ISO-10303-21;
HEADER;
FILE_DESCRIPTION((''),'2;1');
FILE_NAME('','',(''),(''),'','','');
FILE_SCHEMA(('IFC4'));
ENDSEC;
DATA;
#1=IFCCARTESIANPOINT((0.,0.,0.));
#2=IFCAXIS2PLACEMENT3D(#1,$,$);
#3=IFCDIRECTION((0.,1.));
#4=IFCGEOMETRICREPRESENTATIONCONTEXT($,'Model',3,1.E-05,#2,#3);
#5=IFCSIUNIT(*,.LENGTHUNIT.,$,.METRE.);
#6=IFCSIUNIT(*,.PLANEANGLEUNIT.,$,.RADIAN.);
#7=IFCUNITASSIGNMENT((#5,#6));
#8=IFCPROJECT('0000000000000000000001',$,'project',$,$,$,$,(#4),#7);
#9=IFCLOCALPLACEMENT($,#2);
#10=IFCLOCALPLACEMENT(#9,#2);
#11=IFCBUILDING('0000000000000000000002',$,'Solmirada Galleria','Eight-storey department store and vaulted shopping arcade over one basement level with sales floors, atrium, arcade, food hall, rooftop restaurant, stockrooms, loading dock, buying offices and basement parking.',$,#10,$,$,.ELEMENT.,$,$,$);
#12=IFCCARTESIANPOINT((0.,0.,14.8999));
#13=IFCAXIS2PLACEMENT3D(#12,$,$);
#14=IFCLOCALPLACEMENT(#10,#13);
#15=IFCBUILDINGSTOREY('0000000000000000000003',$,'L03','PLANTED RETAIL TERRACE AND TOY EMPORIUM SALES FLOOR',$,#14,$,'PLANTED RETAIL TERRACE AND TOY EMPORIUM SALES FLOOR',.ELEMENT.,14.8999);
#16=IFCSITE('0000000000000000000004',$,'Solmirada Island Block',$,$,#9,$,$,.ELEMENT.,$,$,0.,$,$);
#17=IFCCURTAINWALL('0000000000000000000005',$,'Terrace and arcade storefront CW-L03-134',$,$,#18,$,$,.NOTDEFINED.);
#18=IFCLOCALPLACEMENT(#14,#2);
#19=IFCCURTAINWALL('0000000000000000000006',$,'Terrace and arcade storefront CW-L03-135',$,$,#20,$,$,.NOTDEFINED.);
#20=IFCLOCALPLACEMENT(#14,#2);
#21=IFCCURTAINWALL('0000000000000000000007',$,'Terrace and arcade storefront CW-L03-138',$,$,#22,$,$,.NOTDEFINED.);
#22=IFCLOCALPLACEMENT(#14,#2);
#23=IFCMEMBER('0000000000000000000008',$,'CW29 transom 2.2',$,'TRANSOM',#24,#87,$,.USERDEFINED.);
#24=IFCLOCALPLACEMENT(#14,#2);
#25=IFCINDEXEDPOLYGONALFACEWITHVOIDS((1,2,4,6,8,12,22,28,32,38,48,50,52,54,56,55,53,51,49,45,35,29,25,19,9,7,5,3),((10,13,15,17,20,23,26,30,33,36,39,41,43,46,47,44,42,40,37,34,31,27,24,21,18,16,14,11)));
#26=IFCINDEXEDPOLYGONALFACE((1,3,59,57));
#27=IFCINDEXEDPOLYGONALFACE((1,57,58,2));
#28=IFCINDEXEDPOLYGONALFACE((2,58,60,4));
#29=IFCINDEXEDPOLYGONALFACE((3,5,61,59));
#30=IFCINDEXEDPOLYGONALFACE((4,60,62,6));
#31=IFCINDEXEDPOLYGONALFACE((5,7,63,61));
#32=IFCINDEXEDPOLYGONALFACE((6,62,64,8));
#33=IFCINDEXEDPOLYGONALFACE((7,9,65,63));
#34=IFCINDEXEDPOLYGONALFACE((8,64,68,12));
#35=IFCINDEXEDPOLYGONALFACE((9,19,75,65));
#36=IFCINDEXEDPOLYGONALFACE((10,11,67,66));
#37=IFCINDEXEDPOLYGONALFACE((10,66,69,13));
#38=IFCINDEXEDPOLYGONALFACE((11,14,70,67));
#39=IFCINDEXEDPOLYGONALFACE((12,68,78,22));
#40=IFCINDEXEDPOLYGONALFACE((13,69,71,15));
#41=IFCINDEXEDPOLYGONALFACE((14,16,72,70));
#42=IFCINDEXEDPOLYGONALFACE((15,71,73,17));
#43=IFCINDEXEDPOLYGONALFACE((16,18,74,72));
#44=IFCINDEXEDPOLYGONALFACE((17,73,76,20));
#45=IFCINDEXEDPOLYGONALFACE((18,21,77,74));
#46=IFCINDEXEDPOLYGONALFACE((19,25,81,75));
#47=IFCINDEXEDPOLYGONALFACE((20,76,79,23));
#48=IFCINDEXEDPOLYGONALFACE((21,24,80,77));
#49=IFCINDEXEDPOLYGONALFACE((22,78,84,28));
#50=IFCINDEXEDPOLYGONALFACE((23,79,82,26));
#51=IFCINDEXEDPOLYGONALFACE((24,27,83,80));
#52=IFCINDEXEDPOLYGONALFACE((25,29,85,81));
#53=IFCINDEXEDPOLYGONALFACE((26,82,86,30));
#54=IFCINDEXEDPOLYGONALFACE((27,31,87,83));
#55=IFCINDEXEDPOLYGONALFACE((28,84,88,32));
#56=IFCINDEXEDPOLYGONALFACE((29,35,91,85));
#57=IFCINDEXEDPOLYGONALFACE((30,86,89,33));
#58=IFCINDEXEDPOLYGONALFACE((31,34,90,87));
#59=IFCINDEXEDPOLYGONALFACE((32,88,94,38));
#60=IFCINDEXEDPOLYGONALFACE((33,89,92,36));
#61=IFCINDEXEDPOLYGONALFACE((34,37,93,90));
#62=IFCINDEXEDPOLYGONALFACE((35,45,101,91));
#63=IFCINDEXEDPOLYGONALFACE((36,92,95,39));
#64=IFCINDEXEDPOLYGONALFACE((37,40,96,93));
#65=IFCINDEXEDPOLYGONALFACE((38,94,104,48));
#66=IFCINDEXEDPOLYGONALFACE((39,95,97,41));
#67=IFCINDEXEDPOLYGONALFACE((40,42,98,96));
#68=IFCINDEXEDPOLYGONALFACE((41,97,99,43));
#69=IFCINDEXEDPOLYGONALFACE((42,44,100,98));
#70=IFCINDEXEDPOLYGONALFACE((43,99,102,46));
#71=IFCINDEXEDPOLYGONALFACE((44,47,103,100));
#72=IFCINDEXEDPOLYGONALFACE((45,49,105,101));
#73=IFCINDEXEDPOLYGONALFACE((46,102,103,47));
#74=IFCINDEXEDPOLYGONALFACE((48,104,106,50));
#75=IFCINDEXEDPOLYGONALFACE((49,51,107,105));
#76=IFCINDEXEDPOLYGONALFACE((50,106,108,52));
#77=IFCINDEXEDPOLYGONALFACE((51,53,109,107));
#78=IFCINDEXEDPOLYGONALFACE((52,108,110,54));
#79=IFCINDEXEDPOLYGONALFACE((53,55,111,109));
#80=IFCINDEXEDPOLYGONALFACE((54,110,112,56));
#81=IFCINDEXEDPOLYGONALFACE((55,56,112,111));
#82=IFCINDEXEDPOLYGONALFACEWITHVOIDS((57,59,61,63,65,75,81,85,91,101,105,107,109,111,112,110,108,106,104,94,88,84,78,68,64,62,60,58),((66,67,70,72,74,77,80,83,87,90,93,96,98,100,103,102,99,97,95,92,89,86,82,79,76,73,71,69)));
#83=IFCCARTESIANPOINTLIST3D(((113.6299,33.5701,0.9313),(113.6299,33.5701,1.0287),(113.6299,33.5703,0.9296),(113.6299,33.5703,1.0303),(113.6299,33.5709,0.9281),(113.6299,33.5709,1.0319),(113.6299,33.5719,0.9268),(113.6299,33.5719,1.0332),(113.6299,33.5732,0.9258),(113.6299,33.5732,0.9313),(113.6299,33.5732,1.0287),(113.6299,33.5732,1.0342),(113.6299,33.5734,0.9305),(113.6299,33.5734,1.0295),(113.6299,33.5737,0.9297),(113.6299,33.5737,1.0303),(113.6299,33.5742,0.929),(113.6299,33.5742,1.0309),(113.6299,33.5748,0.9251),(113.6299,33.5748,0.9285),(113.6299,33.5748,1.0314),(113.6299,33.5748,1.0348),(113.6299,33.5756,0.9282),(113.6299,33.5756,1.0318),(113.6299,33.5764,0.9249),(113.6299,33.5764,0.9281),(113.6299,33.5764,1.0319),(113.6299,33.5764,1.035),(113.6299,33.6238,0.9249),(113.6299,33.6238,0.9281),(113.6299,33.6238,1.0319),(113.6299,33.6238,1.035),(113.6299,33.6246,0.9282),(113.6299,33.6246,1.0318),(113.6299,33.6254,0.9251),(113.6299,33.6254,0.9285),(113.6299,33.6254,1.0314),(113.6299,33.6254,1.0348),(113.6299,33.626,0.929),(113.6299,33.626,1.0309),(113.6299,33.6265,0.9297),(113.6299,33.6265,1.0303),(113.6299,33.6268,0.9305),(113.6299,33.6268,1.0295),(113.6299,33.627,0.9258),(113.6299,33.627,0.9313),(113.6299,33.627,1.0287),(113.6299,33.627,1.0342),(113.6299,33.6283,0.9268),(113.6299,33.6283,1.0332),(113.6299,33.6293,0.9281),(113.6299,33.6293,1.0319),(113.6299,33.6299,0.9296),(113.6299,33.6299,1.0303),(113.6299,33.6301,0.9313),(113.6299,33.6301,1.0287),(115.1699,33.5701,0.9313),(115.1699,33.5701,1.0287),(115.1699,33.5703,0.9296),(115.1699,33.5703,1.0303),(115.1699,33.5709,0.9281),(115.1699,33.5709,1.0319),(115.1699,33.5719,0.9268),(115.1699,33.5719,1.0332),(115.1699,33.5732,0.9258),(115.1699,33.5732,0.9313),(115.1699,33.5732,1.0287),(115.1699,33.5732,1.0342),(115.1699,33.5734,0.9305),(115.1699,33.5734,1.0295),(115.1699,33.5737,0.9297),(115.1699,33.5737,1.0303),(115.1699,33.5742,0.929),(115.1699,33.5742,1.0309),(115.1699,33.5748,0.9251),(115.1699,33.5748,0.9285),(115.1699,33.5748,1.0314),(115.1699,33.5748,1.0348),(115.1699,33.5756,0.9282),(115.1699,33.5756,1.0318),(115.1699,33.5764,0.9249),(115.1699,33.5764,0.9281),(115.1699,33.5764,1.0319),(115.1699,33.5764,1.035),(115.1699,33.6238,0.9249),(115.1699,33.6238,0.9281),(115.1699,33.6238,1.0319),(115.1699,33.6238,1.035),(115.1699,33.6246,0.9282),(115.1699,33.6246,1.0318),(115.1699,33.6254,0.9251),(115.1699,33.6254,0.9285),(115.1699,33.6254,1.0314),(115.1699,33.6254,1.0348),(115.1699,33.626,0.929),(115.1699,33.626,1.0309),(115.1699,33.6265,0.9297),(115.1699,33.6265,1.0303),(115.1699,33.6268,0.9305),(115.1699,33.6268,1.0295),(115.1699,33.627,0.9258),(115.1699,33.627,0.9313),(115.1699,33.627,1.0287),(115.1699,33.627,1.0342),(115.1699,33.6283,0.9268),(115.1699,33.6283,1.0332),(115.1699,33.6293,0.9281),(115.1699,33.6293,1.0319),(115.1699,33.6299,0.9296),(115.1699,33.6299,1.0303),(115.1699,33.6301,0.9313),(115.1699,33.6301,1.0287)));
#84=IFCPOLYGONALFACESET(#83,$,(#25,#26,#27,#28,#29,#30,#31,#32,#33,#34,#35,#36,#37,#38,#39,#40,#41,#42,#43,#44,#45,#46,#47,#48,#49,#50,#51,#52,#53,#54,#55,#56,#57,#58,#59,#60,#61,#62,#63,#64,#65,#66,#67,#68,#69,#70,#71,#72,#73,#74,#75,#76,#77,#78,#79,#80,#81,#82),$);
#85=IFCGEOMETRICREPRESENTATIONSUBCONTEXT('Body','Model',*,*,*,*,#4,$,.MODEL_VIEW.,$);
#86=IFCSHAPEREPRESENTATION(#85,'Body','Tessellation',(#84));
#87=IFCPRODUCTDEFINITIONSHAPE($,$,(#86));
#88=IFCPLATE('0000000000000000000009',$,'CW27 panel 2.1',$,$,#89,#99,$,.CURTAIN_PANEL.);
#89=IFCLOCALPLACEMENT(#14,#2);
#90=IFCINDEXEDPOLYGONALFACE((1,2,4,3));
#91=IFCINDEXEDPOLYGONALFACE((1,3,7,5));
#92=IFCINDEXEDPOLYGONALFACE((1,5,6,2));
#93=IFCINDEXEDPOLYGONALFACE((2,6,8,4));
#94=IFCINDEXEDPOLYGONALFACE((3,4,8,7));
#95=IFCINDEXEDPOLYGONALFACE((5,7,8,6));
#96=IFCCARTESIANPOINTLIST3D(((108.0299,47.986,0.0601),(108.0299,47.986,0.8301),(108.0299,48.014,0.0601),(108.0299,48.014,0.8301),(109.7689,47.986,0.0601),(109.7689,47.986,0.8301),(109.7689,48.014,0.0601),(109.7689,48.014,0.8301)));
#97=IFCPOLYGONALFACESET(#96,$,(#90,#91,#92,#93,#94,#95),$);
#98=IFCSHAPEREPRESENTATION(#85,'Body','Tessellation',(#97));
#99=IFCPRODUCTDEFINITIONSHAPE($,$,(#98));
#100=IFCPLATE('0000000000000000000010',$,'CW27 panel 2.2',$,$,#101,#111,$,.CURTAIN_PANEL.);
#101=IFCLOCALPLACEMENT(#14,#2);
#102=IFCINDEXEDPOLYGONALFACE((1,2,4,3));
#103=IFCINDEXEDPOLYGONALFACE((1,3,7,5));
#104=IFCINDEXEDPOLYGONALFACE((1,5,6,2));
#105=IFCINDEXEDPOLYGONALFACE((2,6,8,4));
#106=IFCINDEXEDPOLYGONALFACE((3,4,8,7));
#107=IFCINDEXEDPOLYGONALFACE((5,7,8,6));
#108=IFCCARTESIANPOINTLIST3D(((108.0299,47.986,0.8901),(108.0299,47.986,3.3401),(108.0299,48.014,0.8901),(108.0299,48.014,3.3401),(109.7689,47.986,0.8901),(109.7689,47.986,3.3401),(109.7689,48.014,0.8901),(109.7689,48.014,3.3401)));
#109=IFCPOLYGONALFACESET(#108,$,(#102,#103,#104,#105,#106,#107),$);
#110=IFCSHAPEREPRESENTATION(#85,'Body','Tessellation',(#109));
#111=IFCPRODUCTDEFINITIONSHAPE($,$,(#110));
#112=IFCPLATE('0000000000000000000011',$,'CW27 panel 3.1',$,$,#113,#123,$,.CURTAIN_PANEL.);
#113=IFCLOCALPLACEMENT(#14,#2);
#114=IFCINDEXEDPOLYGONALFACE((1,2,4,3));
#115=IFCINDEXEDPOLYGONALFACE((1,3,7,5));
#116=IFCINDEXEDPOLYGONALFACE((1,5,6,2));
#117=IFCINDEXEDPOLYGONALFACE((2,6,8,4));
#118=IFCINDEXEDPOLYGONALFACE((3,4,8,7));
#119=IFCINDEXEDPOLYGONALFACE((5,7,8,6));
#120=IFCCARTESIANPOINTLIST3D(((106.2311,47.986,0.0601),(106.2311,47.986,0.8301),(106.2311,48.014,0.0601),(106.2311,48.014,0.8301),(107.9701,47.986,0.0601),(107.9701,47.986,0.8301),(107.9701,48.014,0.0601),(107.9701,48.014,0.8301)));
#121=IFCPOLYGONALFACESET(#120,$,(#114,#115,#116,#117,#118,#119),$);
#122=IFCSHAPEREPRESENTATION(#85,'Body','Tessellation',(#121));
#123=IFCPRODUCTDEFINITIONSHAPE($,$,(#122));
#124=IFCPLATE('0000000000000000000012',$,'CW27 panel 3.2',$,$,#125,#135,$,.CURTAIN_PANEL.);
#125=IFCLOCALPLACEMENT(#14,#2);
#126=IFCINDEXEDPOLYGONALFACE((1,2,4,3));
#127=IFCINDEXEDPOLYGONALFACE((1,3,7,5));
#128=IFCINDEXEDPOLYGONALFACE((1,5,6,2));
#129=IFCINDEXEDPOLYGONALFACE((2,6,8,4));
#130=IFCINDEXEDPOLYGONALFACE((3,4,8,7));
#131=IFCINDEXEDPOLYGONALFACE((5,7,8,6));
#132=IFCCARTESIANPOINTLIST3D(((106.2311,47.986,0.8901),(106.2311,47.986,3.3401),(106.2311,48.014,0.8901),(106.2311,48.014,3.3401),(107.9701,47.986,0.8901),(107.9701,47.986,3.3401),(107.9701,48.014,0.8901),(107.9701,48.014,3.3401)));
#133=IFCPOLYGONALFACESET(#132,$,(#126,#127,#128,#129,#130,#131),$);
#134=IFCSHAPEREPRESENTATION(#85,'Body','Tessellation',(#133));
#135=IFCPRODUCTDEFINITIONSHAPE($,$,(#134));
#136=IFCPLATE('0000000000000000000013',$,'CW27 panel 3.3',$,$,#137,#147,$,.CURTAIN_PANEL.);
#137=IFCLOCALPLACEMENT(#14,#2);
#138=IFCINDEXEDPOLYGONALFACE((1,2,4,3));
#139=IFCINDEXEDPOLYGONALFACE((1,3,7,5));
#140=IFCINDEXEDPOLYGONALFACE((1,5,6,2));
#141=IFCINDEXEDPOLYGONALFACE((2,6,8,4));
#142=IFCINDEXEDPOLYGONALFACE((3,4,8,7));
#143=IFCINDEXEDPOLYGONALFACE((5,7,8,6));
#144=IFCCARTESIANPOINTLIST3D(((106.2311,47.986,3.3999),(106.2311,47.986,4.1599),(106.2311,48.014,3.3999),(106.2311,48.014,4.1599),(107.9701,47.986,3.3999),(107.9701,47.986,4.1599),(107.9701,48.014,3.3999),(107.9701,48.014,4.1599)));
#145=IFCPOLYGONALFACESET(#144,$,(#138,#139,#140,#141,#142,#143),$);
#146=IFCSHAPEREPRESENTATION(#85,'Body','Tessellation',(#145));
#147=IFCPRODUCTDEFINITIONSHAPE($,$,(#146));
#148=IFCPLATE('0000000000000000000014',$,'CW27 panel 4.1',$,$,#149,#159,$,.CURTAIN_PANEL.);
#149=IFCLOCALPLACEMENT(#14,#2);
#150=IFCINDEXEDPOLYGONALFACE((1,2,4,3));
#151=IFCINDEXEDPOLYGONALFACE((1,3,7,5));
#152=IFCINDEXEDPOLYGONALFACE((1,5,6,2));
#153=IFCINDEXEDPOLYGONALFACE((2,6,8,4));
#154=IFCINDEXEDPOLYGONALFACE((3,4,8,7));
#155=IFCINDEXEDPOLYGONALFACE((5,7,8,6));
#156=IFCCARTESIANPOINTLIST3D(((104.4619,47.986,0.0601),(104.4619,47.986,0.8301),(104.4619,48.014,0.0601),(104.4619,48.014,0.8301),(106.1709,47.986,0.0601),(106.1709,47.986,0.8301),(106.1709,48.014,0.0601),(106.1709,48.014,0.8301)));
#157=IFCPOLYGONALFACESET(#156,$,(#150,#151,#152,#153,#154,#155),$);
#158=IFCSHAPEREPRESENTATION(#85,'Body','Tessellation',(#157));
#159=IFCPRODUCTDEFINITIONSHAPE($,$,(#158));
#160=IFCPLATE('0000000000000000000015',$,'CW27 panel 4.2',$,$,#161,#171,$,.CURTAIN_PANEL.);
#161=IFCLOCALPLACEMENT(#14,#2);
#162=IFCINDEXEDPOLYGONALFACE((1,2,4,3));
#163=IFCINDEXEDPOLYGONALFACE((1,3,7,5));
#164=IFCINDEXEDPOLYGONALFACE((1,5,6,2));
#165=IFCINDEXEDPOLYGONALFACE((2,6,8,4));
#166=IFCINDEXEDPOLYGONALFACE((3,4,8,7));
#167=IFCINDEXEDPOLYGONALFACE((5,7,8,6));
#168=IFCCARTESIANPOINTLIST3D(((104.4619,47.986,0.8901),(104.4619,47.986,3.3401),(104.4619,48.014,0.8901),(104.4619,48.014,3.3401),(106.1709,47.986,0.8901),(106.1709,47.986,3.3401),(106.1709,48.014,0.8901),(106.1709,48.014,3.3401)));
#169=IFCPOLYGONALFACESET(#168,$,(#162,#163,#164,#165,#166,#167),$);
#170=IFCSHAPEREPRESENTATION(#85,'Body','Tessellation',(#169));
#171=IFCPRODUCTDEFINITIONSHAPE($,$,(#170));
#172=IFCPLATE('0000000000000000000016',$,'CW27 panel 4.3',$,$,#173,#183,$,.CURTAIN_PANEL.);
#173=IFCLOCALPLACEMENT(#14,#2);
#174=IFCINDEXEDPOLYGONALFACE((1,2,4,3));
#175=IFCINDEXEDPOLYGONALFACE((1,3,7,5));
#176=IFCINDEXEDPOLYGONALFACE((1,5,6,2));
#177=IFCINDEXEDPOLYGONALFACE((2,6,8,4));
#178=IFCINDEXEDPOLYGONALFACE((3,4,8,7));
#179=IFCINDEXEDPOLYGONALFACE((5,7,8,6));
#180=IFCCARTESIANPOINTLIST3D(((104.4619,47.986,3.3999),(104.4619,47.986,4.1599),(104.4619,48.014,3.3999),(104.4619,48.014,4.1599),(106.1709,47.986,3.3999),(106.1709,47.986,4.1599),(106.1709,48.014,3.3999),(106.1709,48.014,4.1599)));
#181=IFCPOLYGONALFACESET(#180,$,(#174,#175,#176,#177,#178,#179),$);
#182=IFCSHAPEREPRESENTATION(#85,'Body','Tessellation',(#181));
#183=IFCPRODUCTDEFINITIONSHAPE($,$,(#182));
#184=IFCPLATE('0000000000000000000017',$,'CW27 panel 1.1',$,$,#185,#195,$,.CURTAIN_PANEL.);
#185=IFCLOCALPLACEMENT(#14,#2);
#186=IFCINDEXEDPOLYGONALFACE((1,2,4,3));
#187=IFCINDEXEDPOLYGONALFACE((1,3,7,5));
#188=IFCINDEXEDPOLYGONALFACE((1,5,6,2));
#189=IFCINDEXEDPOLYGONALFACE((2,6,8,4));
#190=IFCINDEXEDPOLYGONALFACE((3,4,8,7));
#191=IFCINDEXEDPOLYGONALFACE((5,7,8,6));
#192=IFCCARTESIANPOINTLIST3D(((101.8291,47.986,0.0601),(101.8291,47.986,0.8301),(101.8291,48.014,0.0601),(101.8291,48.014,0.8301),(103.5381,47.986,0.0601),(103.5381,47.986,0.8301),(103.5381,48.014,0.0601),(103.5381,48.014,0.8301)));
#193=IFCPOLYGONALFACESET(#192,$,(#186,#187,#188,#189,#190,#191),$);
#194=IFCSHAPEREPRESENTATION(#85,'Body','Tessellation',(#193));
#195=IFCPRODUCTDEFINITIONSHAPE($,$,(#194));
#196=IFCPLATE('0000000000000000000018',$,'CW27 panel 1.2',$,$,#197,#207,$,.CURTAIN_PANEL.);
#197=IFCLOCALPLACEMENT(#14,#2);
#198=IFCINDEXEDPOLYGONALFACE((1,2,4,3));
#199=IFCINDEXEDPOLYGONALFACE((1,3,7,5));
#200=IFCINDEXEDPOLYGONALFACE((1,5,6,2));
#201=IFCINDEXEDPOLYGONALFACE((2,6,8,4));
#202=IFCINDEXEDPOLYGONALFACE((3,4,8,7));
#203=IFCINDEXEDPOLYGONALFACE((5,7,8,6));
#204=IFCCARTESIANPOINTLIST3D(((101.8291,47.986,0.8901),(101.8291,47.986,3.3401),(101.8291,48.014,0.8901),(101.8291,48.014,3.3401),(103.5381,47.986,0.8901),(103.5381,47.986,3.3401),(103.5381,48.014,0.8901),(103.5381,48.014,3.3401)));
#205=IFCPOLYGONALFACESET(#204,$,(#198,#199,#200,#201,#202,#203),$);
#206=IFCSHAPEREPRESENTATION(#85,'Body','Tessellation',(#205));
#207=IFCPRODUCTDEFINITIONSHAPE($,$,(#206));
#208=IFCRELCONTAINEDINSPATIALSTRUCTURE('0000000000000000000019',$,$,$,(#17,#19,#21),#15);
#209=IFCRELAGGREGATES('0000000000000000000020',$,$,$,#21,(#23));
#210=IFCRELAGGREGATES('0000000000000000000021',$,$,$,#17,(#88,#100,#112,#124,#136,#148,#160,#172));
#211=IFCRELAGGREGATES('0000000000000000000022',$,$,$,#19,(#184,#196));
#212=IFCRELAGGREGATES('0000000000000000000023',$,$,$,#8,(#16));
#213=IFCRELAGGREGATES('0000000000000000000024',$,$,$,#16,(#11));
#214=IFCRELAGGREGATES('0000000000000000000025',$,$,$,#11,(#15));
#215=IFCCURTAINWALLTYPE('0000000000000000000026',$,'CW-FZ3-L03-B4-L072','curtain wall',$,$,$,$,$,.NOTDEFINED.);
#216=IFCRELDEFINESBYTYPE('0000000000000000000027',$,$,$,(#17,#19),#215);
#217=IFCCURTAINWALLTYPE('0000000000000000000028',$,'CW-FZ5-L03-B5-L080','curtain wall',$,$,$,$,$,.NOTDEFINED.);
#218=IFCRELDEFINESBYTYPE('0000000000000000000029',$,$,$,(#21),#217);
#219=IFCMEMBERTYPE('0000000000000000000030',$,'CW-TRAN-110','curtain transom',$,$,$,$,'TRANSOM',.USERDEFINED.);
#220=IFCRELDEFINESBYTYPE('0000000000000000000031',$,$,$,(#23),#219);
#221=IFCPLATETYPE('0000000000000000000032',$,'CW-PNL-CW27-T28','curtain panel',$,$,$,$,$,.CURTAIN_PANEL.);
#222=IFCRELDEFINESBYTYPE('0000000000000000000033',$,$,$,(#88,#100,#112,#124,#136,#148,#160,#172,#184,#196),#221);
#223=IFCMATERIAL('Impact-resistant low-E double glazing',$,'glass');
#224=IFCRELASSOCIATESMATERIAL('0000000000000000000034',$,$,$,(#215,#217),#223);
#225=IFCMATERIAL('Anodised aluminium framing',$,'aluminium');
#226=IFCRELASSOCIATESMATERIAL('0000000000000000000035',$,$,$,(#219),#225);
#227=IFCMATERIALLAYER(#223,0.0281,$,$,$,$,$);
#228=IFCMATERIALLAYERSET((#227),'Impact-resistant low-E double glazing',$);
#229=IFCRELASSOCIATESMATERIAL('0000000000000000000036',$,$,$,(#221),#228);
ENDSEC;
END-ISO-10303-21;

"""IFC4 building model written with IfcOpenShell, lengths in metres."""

from ifc_helpers import new_model, si_unit, direction, frame, origin, origin_2d, place, context, subcontext, project, spatial, rectangle, hollow_rectangle, extrude, material, layer, layer_set, material_profile, profile_set, type_object, element, aggregate, save


model = new_model("IFC4")

# Units and contexts
model_context = context("Model", 3, precision=1e-05, world=origin(), true_north=direction((0.0, 1.0)))
body_context = subcontext(model_context, "Body", "Model", "MODEL_VIEW")
ifc_project = project(units=[si_unit("LENGTHUNIT", "METRE"), si_unit("PLANEANGLEUNIT", "RADIAN")], contexts=[model_context])

# Site, building, storey
site_placement = place(None, origin())
site = spatial("IfcSite", under=ifc_project, at=site_placement, Name="Solmirada Island Block", CompositionType="ELEMENT", RefElevation=0.0)
building_placement = place(site_placement, origin())
building = spatial("IfcBuilding", under=site, at=building_placement, Name="Solmirada Galleria", Description="Eight-storey department store and vaulted shopping arcade over one basement level with sales floors, atrium, arcade, food hall, rooftop restaurant, stockrooms, loading dock, buying offices and basement parking.", CompositionType="ELEMENT")
storey_placement = place(building_placement, frame((0.0, 0.0, 14.8999)))
storey = spatial("IfcBuildingStorey", under=building, at=storey_placement, Name="L03", Description="PLANTED RETAIL TERRACE AND TOY EMPORIUM SALES FLOOR", LongName="PLANTED RETAIL TERRACE AND TOY EMPORIUM SALES FLOOR", CompositionType="ELEMENT", Elevation=14.8999)

# Curtain wall
ifc_material_1 = material(Name="Impact-resistant low-E double glazing", Category="glass")
curtain_wall_type_1 = type_object("IfcCurtainWallType", Name="CW-FZ3-L03-B4-L072", Description="curtain wall", PredefinedType="NOTDEFINED", material=ifc_material_1)
curtain_wall_1_placement = place(storey_placement, origin())
curtain_wall_1 = element("IfcCurtainWall", 1, at=curtain_wall_1_placement, inside=storey, type_object=curtain_wall_type_1, Name="Terrace and arcade storefront CW-L03-134", PredefinedType="NOTDEFINED")
ifc_material_2 = material(Name="Anodised aluminium framing", Category="aluminium")

# Curtain wall
curtain_wall_2_placement = place(storey_placement, origin())
curtain_wall_2 = element("IfcCurtainWall", 2, at=curtain_wall_2_placement, inside=storey, type_object=curtain_wall_type_1, Name="Terrace and arcade storefront CW-L03-135", PredefinedType="NOTDEFINED")

# Shared definitions
ifc_material_profile_1 = material_profile(ifc_material_2, hollow_rectangle(XDim=0.0601, YDim=0.1101, WallThickness=0.0032, InnerFilletRadius=0.0032, OuterFilletRadius=0.0063, at=origin_2d()), Name="ALU-TRAN-110X60")
ifc_profile_set_1 = profile_set([ifc_material_profile_1], Name="Anodised aluminium framing")
member_type_1 = type_object("IfcMemberType", Name="CW-TRAN-110", Description="curtain transom", ElementType="TRANSOM", PredefinedType="USERDEFINED", material=ifc_profile_set_1)

# Curtain wall, member
curtain_wall_type_2 = type_object("IfcCurtainWallType", Name="CW-FZ5-L03-B5-L080", Description="curtain wall", PredefinedType="NOTDEFINED", material=ifc_material_1)
curtain_wall_3_placement = place(storey_placement, origin())
curtain_wall_3 = element("IfcCurtainWall", 3, at=curtain_wall_3_placement, inside=storey, type_object=curtain_wall_type_2, Name="Terrace and arcade storefront CW-L03-138", PredefinedType="NOTDEFINED")
member_1_placement = place(storey_placement, frame((113.6299, 33.6001, 0.98), z_axis=(1.0, 0.0, 0.0), x_axis=(0.0, 1.0, 0.0)))
member_1 = element("IfcMember", 4, at=member_1_placement, type_object=member_type_1, Name="CW29 transom 2.2", ObjectType="TRANSOM", PredefinedType="USERDEFINED", context=body_context, shape_type="SweptSolid", body=[
    extrude(hollow_rectangle(XDim=0.0601, YDim=0.1101, WallThickness=0.0032, InnerFilletRadius=0.0032, OuterFilletRadius=0.0063, at=origin_2d()), origin(), (0.0, 0.0, 1.0), 1.54),
])
aggregate(curtain_wall_3, [member_1])

# Plates
ifc_layer = layer(ifc_material_1, 0.0281)
ifc_layer_set = layer_set([ifc_layer], Name="Impact-resistant low-E double glazing")
plate_type = type_object("IfcPlateType", Name="CW-PNL-CW27-T28", Description="curtain panel", PredefinedType="CURTAIN_PANEL", material=ifc_layer_set)
plate_1_placement = place(storey_placement, frame((108.8994, 48.0, 0.0601), z_axis=(0.0, 0.0, 1.0), x_axis=(-1.0, 0.0, 0.0)))
plate_1 = element("IfcPlate", 5, at=plate_1_placement, type_object=plate_type, Name="CW27 panel 2.1", PredefinedType="CURTAIN_PANEL", context=body_context, shape_type="SweptSolid", body=[
    extrude(rectangle(XDim=1.739, YDim=0.0281, at=origin_2d()), origin(), (0.0, 0.0, 1.0), 0.77),
])
plate_2_placement = place(storey_placement, frame((108.8994, 48.0, 0.8901), z_axis=(0.0, 0.0, 1.0), x_axis=(-1.0, 0.0, 0.0)))
plate_2 = element("IfcPlate", 6, at=plate_2_placement, type_object=plate_type, Name="CW27 panel 2.2", PredefinedType="CURTAIN_PANEL", context=body_context, shape_type="SweptSolid", body=[
    extrude(rectangle(XDim=1.739, YDim=0.0281, at=origin_2d()), origin(), (0.0, 0.0, 1.0), 2.45),
])
plate_3_placement = place(storey_placement, frame((107.1006, 48.0, 0.0601), z_axis=(0.0, 0.0, 1.0), x_axis=(-1.0, 0.0, 0.0)))
plate_3 = element("IfcPlate", 7, at=plate_3_placement, type_object=plate_type, Name="CW27 panel 3.1", PredefinedType="CURTAIN_PANEL", context=body_context, shape_type="SweptSolid", body=[
    extrude(rectangle(XDim=1.739, YDim=0.0281, at=origin_2d()), origin(), (0.0, 0.0, 1.0), 0.77),
])
plate_4_placement = place(storey_placement, frame((107.1006, 48.0, 0.8901), z_axis=(0.0, 0.0, 1.0), x_axis=(-1.0, 0.0, 0.0)))
plate_4 = element("IfcPlate", 8, at=plate_4_placement, type_object=plate_type, Name="CW27 panel 3.2", PredefinedType="CURTAIN_PANEL", context=body_context, shape_type="SweptSolid", body=[
    extrude(rectangle(XDim=1.739, YDim=0.0281, at=origin_2d()), origin(), (0.0, 0.0, 1.0), 2.45),
])
plate_5_placement = place(storey_placement, frame((107.1006, 48.0, 3.3999), z_axis=(0.0, 0.0, 1.0), x_axis=(-1.0, 0.0, 0.0)))
plate_5 = element("IfcPlate", 9, at=plate_5_placement, type_object=plate_type, Name="CW27 panel 3.3", PredefinedType="CURTAIN_PANEL", context=body_context, shape_type="SweptSolid", body=[
    extrude(rectangle(XDim=1.739, YDim=0.0281, at=origin_2d()), origin(), (0.0, 0.0, 1.0), 0.76),
])
plate_6_placement = place(storey_placement, frame((105.3164, 48.0, 0.0601), z_axis=(0.0, 0.0, 1.0), x_axis=(-1.0, 0.0, 0.0)))
plate_6 = element("IfcPlate", 10, at=plate_6_placement, type_object=plate_type, Name="CW27 panel 4.1", PredefinedType="CURTAIN_PANEL", context=body_context, shape_type="SweptSolid", body=[
    extrude(rectangle(XDim=1.709, YDim=0.0281, at=origin_2d()), origin(), (0.0, 0.0, 1.0), 0.77),
])
plate_7_placement = place(storey_placement, frame((105.3164, 48.0, 0.8901), z_axis=(0.0, 0.0, 1.0), x_axis=(-1.0, 0.0, 0.0)))
plate_7 = element("IfcPlate", 11, at=plate_7_placement, type_object=plate_type, Name="CW27 panel 4.2", PredefinedType="CURTAIN_PANEL", context=body_context, shape_type="SweptSolid", body=[
    extrude(rectangle(XDim=1.709, YDim=0.0281, at=origin_2d()), origin(), (0.0, 0.0, 1.0), 2.45),
])
plate_8_placement = place(storey_placement, frame((105.3164, 48.0, 3.3999), z_axis=(0.0, 0.0, 1.0), x_axis=(-1.0, 0.0, 0.0)))
plate_8 = element("IfcPlate", 12, at=plate_8_placement, type_object=plate_type, Name="CW27 panel 4.3", PredefinedType="CURTAIN_PANEL", context=body_context, shape_type="SweptSolid", body=[
    extrude(rectangle(XDim=1.709, YDim=0.0281, at=origin_2d()), origin(), (0.0, 0.0, 1.0), 0.76),
])
aggregate(curtain_wall_1, [plate_1, plate_2, plate_3, plate_4, plate_5, plate_6, plate_7, plate_8])
plate_9_placement = place(storey_placement, frame((102.6836, 48.0, 0.0601), z_axis=(0.0, 0.0, 1.0), x_axis=(-1.0, 0.0, 0.0)))
plate_9 = element("IfcPlate", 13, at=plate_9_placement, type_object=plate_type, Name="CW27 panel 1.1", PredefinedType="CURTAIN_PANEL", context=body_context, shape_type="SweptSolid", body=[
    extrude(rectangle(XDim=1.709, YDim=0.0281, at=origin_2d()), origin(), (0.0, 0.0, 1.0), 0.77),
])
plate_10_placement = place(storey_placement, frame((102.6836, 48.0, 0.8901), z_axis=(0.0, 0.0, 1.0), x_axis=(-1.0, 0.0, 0.0)))
plate_10 = element("IfcPlate", 14, at=plate_10_placement, type_object=plate_type, Name="CW27 panel 1.2", PredefinedType="CURTAIN_PANEL", context=body_context, shape_type="SweptSolid", body=[
    extrude(rectangle(XDim=1.709, YDim=0.0281, at=origin_2d()), origin(), (0.0, 0.0, 1.0), 2.45),
])
aggregate(curtain_wall_2, [plate_9, plate_10])

save(model, "model.ifc")
